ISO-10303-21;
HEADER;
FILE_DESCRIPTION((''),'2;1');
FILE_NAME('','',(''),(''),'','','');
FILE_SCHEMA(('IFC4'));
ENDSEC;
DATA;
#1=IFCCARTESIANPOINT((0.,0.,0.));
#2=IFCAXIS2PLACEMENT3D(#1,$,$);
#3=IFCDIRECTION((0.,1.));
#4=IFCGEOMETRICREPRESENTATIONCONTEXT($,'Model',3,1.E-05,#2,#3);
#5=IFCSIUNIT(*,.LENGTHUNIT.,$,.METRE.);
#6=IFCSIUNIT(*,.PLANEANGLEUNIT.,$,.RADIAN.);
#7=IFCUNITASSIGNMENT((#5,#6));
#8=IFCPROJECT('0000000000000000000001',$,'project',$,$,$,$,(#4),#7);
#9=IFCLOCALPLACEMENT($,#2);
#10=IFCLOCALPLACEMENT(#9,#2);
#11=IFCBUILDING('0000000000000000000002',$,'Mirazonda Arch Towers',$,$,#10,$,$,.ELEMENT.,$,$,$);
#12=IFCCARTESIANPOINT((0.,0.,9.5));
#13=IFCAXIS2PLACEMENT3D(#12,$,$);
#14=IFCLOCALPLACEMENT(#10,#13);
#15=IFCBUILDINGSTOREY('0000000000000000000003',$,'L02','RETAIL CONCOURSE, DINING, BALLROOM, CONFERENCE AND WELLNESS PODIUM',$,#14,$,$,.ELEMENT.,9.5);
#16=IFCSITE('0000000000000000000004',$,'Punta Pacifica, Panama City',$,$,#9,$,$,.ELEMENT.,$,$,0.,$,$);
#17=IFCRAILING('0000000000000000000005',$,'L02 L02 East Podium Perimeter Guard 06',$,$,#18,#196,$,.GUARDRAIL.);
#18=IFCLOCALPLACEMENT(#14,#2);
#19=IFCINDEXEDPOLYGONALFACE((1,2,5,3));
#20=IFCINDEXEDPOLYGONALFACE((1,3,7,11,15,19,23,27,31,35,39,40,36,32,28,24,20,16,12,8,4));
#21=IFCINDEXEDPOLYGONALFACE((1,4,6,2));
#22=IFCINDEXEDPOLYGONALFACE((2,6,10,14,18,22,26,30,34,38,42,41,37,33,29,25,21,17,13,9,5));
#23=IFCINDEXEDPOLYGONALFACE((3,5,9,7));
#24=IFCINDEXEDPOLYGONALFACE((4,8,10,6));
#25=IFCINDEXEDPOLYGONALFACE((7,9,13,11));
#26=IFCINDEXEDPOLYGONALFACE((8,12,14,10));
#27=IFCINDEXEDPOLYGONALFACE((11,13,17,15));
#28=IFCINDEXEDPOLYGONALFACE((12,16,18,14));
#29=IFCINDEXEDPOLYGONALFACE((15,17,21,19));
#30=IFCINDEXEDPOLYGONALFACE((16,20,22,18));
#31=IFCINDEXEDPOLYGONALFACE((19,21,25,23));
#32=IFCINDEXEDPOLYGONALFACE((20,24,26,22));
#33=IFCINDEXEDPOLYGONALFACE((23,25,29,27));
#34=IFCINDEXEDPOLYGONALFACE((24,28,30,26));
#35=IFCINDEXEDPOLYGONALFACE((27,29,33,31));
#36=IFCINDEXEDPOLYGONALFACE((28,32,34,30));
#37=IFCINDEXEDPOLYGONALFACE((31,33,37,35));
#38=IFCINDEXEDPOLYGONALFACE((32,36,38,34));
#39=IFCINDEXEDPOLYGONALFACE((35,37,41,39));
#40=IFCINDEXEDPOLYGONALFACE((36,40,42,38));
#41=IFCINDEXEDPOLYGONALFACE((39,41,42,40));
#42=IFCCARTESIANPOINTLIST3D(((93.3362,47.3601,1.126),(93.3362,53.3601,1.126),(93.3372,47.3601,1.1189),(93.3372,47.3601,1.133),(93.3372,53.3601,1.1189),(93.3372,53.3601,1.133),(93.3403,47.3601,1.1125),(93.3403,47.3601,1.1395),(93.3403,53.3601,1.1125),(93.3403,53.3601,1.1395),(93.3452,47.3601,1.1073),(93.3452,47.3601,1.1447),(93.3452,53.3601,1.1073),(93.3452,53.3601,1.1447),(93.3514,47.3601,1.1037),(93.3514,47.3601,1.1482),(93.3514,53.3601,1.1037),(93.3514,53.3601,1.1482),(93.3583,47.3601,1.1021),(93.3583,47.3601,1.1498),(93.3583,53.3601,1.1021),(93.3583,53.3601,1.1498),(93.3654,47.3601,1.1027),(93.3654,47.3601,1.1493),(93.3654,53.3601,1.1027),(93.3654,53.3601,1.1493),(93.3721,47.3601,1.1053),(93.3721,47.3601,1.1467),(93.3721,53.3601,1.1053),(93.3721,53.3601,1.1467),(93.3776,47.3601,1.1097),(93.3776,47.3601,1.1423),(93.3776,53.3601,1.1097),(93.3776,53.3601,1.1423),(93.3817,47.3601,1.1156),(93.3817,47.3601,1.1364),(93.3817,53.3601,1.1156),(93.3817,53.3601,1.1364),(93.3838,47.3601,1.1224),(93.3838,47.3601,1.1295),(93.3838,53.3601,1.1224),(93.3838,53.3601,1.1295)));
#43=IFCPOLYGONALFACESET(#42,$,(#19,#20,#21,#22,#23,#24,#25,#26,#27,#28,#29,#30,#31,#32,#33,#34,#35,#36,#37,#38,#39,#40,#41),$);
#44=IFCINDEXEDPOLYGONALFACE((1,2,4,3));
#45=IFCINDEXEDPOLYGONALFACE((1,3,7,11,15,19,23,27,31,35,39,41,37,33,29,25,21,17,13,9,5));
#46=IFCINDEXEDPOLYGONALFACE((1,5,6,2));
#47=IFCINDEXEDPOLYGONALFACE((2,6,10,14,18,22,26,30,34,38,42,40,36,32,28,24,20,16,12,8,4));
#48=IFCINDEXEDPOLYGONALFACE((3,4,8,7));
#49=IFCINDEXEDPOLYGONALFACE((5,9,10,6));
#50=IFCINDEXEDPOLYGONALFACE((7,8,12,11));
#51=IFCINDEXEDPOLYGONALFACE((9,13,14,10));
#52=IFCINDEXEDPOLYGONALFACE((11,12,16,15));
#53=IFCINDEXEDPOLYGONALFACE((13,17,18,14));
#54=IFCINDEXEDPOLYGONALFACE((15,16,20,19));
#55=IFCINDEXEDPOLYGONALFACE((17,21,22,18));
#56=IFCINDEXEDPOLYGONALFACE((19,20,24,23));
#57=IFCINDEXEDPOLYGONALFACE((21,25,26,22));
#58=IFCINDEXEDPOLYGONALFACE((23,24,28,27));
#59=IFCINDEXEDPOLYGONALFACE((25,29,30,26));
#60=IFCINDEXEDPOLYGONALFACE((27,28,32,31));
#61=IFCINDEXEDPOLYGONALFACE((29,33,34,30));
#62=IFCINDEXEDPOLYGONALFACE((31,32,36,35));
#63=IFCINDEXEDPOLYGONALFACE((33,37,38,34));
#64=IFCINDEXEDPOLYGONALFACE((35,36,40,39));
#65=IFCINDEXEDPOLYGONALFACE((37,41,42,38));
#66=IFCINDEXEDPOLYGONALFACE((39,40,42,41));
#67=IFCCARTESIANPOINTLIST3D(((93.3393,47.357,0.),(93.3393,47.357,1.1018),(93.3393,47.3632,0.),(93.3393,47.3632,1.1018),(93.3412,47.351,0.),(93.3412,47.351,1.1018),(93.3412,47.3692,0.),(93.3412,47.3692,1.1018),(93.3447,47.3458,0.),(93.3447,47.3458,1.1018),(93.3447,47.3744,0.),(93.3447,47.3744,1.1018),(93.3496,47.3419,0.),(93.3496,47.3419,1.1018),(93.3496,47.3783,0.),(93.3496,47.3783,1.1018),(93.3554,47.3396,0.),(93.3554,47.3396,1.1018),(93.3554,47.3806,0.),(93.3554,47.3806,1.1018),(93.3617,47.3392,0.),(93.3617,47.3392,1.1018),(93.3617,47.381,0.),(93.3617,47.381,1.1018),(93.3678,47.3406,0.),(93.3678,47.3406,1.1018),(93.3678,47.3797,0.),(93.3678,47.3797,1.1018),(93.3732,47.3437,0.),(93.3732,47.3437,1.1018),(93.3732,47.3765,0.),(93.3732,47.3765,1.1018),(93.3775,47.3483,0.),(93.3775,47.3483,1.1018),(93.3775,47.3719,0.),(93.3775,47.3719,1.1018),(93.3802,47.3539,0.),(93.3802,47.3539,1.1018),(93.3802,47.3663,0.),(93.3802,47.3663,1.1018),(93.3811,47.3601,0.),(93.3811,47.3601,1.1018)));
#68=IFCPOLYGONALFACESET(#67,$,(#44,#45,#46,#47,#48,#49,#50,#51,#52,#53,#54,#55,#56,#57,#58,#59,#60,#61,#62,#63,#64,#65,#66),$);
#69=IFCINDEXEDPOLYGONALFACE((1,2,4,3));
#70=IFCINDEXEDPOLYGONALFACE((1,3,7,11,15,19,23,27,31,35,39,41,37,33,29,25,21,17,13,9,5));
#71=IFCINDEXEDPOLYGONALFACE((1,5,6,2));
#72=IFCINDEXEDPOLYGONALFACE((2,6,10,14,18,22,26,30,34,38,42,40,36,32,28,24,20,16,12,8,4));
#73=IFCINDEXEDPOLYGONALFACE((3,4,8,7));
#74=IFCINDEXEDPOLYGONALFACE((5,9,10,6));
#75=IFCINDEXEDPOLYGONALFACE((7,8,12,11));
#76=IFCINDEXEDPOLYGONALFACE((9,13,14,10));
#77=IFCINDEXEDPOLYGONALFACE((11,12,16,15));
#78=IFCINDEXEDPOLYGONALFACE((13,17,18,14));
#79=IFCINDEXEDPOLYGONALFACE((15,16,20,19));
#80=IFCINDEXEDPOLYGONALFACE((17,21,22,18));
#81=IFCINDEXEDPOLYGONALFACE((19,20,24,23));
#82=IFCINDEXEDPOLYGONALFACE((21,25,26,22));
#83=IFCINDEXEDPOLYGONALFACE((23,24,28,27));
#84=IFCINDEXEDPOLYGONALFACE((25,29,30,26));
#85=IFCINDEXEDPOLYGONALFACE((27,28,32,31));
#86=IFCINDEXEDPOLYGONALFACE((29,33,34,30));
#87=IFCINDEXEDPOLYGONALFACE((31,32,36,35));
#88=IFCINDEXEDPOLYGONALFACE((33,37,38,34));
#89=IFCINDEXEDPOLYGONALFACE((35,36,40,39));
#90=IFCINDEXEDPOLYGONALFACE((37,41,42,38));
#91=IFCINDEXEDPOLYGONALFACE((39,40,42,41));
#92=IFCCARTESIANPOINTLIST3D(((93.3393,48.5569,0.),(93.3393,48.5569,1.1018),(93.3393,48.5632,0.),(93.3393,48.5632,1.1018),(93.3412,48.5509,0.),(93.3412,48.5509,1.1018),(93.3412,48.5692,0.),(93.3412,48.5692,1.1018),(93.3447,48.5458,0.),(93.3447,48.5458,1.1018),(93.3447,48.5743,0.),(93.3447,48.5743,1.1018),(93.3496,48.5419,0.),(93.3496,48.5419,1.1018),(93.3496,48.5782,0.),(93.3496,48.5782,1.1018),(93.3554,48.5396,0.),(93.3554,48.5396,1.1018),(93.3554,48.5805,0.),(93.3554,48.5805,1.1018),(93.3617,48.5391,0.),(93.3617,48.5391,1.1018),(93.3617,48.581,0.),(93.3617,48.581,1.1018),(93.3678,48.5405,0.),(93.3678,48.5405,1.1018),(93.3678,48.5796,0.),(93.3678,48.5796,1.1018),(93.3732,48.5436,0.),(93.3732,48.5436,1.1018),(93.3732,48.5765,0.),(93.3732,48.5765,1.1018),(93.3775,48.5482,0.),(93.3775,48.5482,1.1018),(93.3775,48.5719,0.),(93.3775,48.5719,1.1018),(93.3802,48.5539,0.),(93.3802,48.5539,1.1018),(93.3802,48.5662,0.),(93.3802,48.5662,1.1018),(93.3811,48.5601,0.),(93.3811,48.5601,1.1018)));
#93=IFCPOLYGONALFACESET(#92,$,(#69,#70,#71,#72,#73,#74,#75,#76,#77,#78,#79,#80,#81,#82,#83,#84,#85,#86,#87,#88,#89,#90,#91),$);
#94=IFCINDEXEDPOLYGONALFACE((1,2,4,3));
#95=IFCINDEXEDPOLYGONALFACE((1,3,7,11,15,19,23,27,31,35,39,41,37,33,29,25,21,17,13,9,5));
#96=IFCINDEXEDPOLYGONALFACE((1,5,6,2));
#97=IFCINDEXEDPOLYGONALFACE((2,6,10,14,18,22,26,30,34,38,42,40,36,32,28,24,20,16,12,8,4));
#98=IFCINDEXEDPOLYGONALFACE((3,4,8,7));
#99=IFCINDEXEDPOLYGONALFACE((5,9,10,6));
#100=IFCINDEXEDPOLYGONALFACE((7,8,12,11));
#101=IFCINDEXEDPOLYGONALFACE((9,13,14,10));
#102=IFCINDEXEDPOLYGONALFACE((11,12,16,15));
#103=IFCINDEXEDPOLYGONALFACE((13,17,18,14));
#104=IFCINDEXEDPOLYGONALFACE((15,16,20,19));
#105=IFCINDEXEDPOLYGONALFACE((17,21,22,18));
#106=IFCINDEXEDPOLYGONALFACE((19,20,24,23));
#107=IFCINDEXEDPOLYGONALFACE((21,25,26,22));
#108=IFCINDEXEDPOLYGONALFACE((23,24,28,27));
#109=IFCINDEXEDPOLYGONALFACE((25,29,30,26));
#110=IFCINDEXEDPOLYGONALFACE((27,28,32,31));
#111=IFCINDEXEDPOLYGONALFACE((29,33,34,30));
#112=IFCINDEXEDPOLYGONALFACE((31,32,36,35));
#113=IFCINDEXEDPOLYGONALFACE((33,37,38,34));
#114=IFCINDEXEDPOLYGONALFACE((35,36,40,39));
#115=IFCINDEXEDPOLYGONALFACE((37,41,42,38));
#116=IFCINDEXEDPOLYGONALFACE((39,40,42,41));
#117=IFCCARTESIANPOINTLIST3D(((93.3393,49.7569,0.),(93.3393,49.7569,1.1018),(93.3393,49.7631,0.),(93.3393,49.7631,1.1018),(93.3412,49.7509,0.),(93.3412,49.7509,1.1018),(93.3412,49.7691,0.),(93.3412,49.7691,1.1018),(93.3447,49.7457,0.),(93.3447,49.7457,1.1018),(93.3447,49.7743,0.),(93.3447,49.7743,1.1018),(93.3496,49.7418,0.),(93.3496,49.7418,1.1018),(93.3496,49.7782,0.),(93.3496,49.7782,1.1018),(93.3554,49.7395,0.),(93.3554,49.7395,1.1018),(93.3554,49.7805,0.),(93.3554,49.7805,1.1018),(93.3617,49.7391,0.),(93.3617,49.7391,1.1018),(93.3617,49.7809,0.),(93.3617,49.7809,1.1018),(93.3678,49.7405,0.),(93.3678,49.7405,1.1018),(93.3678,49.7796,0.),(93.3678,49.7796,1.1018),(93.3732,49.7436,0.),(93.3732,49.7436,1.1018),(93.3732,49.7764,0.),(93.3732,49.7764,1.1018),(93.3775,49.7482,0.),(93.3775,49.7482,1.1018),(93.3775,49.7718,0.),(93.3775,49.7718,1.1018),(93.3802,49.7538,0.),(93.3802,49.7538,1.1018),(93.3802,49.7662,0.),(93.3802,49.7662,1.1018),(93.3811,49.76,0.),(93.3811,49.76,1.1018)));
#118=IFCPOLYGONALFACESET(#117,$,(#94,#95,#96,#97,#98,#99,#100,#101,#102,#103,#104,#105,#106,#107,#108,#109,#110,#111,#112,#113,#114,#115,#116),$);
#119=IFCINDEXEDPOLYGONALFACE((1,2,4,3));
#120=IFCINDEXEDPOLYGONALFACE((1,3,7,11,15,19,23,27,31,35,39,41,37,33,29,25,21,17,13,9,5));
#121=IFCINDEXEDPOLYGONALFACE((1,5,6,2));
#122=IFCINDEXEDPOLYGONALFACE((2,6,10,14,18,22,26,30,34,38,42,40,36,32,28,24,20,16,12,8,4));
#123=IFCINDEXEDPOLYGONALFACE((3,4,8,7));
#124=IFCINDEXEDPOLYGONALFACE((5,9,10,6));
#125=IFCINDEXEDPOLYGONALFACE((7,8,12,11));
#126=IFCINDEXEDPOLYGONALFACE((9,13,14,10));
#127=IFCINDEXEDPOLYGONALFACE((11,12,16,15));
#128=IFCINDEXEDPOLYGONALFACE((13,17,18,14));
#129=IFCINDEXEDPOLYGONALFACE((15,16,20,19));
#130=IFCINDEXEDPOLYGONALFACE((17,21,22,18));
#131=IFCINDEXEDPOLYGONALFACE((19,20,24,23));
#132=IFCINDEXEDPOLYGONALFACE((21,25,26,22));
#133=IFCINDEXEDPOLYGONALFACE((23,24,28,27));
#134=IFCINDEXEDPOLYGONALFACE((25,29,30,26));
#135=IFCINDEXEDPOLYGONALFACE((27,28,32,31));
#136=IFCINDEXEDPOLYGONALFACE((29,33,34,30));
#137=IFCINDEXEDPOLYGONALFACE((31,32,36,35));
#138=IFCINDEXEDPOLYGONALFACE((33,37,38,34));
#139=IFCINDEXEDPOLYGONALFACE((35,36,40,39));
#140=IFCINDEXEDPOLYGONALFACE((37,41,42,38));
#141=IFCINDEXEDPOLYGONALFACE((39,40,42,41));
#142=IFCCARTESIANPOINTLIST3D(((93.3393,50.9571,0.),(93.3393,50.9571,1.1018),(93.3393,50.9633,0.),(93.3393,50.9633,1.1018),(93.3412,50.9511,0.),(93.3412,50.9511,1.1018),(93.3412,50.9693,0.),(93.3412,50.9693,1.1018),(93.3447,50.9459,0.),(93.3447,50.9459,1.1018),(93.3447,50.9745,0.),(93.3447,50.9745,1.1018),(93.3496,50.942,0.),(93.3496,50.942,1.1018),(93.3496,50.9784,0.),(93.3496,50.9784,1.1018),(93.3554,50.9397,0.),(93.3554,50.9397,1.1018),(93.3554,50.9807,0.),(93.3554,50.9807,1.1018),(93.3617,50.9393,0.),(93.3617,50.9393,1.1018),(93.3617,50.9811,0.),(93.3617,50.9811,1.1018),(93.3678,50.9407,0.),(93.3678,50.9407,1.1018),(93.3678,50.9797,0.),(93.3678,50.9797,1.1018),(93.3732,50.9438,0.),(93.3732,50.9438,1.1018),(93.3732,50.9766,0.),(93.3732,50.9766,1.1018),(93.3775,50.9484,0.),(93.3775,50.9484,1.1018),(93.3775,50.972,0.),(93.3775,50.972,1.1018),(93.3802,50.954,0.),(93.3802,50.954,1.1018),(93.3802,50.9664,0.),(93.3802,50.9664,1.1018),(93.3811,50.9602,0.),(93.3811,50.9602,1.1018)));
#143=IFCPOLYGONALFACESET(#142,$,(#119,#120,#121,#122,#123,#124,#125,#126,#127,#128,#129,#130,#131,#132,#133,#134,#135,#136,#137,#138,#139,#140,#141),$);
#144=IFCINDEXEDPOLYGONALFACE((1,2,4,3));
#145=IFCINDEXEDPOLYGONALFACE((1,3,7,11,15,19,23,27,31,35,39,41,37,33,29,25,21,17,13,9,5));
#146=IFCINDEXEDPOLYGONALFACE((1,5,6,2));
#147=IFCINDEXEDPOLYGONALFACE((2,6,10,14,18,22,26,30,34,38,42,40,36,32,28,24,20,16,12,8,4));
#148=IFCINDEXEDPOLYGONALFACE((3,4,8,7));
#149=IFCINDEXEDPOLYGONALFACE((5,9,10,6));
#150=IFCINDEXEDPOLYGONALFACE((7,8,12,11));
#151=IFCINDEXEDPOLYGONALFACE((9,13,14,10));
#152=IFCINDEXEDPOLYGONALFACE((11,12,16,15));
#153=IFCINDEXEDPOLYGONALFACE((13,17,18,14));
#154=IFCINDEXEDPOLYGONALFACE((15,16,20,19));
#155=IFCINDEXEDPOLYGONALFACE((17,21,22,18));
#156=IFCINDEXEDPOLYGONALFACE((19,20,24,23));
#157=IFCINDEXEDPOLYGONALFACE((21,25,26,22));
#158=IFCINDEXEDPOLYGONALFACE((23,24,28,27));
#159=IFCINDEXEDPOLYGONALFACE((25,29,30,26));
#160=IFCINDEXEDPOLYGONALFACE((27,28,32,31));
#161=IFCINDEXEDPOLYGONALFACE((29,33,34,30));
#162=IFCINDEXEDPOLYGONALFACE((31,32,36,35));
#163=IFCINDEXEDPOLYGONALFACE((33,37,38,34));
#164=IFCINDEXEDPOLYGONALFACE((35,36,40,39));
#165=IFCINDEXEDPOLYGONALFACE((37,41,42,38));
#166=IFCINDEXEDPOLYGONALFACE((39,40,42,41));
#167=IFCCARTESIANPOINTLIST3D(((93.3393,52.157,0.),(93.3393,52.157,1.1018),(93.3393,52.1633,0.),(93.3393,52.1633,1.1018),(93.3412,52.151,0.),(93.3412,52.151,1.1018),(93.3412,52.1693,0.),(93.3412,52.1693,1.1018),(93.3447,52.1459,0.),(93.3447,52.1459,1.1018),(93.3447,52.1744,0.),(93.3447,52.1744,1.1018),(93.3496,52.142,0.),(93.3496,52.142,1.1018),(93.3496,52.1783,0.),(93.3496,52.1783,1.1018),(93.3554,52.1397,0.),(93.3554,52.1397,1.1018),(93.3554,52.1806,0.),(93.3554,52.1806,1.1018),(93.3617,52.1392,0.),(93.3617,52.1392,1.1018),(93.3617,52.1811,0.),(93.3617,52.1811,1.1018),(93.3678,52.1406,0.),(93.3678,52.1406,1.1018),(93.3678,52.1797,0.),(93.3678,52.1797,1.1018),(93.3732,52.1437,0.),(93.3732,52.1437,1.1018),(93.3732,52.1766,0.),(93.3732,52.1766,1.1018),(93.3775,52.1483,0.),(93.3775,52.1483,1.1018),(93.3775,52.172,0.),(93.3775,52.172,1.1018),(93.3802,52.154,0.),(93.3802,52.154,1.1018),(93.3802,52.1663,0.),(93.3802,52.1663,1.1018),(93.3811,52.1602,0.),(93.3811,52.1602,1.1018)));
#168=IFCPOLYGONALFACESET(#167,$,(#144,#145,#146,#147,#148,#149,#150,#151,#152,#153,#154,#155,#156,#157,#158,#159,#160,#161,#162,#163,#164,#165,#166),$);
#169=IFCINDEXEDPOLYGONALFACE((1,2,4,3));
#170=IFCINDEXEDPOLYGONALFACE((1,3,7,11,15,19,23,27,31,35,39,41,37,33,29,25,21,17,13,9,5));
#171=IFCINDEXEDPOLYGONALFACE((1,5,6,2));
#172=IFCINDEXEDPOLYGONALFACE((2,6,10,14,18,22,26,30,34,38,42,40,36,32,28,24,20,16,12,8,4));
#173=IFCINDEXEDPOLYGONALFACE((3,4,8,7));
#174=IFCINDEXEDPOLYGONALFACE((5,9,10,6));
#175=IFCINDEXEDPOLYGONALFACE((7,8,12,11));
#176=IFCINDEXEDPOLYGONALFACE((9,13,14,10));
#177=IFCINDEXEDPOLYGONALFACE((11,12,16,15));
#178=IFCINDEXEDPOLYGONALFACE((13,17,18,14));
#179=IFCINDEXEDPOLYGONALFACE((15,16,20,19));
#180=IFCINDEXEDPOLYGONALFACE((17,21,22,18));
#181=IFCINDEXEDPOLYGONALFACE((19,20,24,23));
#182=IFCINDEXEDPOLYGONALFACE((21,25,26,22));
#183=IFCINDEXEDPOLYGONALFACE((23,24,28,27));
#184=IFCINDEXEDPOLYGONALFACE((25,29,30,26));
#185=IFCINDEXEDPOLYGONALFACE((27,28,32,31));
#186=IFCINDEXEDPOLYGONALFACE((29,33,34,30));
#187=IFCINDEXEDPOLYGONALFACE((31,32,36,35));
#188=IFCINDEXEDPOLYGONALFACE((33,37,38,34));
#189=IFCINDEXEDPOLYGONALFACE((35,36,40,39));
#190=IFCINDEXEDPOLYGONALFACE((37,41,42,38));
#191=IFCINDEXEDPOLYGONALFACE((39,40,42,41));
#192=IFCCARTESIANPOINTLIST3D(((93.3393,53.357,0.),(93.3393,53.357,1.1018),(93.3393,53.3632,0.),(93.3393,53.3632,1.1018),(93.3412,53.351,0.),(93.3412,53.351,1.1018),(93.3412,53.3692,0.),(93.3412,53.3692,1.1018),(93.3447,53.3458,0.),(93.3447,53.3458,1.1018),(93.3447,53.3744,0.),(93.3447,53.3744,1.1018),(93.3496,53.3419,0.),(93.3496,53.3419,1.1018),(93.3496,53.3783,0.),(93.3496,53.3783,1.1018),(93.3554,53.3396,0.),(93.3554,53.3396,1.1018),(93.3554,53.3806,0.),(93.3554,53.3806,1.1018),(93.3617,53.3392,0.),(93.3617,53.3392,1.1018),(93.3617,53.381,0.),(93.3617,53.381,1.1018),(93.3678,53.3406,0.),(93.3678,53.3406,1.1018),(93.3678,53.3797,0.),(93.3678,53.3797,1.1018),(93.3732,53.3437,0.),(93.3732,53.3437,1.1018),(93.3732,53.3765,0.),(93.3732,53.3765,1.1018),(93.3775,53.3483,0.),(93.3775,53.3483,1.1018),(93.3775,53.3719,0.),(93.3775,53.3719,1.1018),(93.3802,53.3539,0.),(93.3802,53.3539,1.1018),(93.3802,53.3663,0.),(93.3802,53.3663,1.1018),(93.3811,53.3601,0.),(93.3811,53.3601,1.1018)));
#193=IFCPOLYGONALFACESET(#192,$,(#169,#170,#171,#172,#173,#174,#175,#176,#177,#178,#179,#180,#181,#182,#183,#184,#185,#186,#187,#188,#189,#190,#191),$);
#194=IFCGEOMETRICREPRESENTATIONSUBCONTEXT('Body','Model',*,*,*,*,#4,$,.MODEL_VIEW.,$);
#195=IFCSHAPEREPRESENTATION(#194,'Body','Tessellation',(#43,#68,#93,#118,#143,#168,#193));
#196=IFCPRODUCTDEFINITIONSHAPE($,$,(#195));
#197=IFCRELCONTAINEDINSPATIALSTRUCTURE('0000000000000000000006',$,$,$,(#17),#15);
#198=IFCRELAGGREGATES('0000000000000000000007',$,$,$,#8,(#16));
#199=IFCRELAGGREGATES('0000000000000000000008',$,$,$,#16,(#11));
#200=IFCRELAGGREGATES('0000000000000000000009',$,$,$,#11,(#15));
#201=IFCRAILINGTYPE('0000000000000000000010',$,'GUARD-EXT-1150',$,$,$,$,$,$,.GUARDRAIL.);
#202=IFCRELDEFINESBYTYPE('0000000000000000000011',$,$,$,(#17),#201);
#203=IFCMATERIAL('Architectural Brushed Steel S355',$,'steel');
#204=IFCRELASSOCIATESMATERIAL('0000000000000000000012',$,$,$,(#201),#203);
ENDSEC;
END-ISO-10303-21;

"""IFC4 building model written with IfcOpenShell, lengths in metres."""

from ifc_helpers import new_model, si_unit, direction, frame, origin, origin_2d, place, context, subcontext, project, spatial, circle, extrude, material, type_object, element, save


model = new_model("IFC4")

# Units and contexts
model_context = context("Model", 3, precision=1e-05, world=origin(), true_north=direction((0.0, 1.0)))
body_context = subcontext(model_context, "Body", "Model", "MODEL_VIEW")
ifc_project = project(units=[si_unit("LENGTHUNIT", "METRE"), si_unit("PLANEANGLEUNIT", "RADIAN")], contexts=[model_context])

# Site, building, storey
site_placement = place(None, origin())
site = spatial("IfcSite", under=ifc_project, at=site_placement, Name="Punta Pacifica, Panama City", CompositionType="ELEMENT", RefElevation=0.0)
building_placement = place(site_placement, origin())
building = spatial("IfcBuilding", under=site, at=building_placement, Name="Mirazonda Arch Towers", CompositionType="ELEMENT")
storey_placement = place(building_placement, frame((0.0, 0.0, 9.5)))
storey = spatial("IfcBuildingStorey", under=building, at=storey_placement, Name="L02", Description="RETAIL CONCOURSE, DINING, BALLROOM, CONFERENCE AND WELLNESS PODIUM", CompositionType="ELEMENT", Elevation=9.5)

# Shared definitions
ifc_material_1 = material(Name="Architectural Brushed Steel S355", Category="steel")

# Railing
railing_type = type_object("IfcRailingType", Name="GUARD-EXT-1150", PredefinedType="GUARDRAIL", material=ifc_material_1)
railing_1_placement = place(storey_placement, frame((93.3601, 47.3601, 0.0)))
element("IfcRailing", 1, at=railing_1_placement, inside=storey, type_object=railing_type, Name="L02 L02 East Podium Perimeter Guard 06", PredefinedType="GUARDRAIL", context=body_context, shape_type="SweptSolid", body=[
    extrude(circle(Radius=0.0239, at=origin_2d()), frame((0.0, 0.0, 1.126), z_axis=(0.0, 1.0, 0.0), x_axis=(-1.0, 0.0, 0.0)), (0.0, 0.0, 1.0), 6.0),
    extrude(circle(Radius=0.021, at=origin_2d()), origin(), (0.0, 0.0, 1.0), 1.1018),
    extrude(circle(Radius=0.021, at=origin_2d()), frame((0.0, 1.2, 0.0)), (0.0, 0.0, 1.0), 1.1018),
    extrude(circle(Radius=0.021, at=origin_2d()), frame((0.0, 2.3999, 0.0)), (0.0, 0.0, 1.0), 1.1018),
    extrude(circle(Radius=0.021, at=origin_2d()), frame((0.0, 3.6001, 0.0)), (0.0, 0.0, 1.0), 1.1018),
    extrude(circle(Radius=0.021, at=origin_2d()), frame((0.0, 4.8, 0.0)), (0.0, 0.0, 1.0), 1.1018),
    extrude(circle(Radius=0.021, at=origin_2d()), frame((0.0, 6.0, 0.0)), (0.0, 0.0, 1.0), 1.1018),
])

save(model, "model.ifc")
